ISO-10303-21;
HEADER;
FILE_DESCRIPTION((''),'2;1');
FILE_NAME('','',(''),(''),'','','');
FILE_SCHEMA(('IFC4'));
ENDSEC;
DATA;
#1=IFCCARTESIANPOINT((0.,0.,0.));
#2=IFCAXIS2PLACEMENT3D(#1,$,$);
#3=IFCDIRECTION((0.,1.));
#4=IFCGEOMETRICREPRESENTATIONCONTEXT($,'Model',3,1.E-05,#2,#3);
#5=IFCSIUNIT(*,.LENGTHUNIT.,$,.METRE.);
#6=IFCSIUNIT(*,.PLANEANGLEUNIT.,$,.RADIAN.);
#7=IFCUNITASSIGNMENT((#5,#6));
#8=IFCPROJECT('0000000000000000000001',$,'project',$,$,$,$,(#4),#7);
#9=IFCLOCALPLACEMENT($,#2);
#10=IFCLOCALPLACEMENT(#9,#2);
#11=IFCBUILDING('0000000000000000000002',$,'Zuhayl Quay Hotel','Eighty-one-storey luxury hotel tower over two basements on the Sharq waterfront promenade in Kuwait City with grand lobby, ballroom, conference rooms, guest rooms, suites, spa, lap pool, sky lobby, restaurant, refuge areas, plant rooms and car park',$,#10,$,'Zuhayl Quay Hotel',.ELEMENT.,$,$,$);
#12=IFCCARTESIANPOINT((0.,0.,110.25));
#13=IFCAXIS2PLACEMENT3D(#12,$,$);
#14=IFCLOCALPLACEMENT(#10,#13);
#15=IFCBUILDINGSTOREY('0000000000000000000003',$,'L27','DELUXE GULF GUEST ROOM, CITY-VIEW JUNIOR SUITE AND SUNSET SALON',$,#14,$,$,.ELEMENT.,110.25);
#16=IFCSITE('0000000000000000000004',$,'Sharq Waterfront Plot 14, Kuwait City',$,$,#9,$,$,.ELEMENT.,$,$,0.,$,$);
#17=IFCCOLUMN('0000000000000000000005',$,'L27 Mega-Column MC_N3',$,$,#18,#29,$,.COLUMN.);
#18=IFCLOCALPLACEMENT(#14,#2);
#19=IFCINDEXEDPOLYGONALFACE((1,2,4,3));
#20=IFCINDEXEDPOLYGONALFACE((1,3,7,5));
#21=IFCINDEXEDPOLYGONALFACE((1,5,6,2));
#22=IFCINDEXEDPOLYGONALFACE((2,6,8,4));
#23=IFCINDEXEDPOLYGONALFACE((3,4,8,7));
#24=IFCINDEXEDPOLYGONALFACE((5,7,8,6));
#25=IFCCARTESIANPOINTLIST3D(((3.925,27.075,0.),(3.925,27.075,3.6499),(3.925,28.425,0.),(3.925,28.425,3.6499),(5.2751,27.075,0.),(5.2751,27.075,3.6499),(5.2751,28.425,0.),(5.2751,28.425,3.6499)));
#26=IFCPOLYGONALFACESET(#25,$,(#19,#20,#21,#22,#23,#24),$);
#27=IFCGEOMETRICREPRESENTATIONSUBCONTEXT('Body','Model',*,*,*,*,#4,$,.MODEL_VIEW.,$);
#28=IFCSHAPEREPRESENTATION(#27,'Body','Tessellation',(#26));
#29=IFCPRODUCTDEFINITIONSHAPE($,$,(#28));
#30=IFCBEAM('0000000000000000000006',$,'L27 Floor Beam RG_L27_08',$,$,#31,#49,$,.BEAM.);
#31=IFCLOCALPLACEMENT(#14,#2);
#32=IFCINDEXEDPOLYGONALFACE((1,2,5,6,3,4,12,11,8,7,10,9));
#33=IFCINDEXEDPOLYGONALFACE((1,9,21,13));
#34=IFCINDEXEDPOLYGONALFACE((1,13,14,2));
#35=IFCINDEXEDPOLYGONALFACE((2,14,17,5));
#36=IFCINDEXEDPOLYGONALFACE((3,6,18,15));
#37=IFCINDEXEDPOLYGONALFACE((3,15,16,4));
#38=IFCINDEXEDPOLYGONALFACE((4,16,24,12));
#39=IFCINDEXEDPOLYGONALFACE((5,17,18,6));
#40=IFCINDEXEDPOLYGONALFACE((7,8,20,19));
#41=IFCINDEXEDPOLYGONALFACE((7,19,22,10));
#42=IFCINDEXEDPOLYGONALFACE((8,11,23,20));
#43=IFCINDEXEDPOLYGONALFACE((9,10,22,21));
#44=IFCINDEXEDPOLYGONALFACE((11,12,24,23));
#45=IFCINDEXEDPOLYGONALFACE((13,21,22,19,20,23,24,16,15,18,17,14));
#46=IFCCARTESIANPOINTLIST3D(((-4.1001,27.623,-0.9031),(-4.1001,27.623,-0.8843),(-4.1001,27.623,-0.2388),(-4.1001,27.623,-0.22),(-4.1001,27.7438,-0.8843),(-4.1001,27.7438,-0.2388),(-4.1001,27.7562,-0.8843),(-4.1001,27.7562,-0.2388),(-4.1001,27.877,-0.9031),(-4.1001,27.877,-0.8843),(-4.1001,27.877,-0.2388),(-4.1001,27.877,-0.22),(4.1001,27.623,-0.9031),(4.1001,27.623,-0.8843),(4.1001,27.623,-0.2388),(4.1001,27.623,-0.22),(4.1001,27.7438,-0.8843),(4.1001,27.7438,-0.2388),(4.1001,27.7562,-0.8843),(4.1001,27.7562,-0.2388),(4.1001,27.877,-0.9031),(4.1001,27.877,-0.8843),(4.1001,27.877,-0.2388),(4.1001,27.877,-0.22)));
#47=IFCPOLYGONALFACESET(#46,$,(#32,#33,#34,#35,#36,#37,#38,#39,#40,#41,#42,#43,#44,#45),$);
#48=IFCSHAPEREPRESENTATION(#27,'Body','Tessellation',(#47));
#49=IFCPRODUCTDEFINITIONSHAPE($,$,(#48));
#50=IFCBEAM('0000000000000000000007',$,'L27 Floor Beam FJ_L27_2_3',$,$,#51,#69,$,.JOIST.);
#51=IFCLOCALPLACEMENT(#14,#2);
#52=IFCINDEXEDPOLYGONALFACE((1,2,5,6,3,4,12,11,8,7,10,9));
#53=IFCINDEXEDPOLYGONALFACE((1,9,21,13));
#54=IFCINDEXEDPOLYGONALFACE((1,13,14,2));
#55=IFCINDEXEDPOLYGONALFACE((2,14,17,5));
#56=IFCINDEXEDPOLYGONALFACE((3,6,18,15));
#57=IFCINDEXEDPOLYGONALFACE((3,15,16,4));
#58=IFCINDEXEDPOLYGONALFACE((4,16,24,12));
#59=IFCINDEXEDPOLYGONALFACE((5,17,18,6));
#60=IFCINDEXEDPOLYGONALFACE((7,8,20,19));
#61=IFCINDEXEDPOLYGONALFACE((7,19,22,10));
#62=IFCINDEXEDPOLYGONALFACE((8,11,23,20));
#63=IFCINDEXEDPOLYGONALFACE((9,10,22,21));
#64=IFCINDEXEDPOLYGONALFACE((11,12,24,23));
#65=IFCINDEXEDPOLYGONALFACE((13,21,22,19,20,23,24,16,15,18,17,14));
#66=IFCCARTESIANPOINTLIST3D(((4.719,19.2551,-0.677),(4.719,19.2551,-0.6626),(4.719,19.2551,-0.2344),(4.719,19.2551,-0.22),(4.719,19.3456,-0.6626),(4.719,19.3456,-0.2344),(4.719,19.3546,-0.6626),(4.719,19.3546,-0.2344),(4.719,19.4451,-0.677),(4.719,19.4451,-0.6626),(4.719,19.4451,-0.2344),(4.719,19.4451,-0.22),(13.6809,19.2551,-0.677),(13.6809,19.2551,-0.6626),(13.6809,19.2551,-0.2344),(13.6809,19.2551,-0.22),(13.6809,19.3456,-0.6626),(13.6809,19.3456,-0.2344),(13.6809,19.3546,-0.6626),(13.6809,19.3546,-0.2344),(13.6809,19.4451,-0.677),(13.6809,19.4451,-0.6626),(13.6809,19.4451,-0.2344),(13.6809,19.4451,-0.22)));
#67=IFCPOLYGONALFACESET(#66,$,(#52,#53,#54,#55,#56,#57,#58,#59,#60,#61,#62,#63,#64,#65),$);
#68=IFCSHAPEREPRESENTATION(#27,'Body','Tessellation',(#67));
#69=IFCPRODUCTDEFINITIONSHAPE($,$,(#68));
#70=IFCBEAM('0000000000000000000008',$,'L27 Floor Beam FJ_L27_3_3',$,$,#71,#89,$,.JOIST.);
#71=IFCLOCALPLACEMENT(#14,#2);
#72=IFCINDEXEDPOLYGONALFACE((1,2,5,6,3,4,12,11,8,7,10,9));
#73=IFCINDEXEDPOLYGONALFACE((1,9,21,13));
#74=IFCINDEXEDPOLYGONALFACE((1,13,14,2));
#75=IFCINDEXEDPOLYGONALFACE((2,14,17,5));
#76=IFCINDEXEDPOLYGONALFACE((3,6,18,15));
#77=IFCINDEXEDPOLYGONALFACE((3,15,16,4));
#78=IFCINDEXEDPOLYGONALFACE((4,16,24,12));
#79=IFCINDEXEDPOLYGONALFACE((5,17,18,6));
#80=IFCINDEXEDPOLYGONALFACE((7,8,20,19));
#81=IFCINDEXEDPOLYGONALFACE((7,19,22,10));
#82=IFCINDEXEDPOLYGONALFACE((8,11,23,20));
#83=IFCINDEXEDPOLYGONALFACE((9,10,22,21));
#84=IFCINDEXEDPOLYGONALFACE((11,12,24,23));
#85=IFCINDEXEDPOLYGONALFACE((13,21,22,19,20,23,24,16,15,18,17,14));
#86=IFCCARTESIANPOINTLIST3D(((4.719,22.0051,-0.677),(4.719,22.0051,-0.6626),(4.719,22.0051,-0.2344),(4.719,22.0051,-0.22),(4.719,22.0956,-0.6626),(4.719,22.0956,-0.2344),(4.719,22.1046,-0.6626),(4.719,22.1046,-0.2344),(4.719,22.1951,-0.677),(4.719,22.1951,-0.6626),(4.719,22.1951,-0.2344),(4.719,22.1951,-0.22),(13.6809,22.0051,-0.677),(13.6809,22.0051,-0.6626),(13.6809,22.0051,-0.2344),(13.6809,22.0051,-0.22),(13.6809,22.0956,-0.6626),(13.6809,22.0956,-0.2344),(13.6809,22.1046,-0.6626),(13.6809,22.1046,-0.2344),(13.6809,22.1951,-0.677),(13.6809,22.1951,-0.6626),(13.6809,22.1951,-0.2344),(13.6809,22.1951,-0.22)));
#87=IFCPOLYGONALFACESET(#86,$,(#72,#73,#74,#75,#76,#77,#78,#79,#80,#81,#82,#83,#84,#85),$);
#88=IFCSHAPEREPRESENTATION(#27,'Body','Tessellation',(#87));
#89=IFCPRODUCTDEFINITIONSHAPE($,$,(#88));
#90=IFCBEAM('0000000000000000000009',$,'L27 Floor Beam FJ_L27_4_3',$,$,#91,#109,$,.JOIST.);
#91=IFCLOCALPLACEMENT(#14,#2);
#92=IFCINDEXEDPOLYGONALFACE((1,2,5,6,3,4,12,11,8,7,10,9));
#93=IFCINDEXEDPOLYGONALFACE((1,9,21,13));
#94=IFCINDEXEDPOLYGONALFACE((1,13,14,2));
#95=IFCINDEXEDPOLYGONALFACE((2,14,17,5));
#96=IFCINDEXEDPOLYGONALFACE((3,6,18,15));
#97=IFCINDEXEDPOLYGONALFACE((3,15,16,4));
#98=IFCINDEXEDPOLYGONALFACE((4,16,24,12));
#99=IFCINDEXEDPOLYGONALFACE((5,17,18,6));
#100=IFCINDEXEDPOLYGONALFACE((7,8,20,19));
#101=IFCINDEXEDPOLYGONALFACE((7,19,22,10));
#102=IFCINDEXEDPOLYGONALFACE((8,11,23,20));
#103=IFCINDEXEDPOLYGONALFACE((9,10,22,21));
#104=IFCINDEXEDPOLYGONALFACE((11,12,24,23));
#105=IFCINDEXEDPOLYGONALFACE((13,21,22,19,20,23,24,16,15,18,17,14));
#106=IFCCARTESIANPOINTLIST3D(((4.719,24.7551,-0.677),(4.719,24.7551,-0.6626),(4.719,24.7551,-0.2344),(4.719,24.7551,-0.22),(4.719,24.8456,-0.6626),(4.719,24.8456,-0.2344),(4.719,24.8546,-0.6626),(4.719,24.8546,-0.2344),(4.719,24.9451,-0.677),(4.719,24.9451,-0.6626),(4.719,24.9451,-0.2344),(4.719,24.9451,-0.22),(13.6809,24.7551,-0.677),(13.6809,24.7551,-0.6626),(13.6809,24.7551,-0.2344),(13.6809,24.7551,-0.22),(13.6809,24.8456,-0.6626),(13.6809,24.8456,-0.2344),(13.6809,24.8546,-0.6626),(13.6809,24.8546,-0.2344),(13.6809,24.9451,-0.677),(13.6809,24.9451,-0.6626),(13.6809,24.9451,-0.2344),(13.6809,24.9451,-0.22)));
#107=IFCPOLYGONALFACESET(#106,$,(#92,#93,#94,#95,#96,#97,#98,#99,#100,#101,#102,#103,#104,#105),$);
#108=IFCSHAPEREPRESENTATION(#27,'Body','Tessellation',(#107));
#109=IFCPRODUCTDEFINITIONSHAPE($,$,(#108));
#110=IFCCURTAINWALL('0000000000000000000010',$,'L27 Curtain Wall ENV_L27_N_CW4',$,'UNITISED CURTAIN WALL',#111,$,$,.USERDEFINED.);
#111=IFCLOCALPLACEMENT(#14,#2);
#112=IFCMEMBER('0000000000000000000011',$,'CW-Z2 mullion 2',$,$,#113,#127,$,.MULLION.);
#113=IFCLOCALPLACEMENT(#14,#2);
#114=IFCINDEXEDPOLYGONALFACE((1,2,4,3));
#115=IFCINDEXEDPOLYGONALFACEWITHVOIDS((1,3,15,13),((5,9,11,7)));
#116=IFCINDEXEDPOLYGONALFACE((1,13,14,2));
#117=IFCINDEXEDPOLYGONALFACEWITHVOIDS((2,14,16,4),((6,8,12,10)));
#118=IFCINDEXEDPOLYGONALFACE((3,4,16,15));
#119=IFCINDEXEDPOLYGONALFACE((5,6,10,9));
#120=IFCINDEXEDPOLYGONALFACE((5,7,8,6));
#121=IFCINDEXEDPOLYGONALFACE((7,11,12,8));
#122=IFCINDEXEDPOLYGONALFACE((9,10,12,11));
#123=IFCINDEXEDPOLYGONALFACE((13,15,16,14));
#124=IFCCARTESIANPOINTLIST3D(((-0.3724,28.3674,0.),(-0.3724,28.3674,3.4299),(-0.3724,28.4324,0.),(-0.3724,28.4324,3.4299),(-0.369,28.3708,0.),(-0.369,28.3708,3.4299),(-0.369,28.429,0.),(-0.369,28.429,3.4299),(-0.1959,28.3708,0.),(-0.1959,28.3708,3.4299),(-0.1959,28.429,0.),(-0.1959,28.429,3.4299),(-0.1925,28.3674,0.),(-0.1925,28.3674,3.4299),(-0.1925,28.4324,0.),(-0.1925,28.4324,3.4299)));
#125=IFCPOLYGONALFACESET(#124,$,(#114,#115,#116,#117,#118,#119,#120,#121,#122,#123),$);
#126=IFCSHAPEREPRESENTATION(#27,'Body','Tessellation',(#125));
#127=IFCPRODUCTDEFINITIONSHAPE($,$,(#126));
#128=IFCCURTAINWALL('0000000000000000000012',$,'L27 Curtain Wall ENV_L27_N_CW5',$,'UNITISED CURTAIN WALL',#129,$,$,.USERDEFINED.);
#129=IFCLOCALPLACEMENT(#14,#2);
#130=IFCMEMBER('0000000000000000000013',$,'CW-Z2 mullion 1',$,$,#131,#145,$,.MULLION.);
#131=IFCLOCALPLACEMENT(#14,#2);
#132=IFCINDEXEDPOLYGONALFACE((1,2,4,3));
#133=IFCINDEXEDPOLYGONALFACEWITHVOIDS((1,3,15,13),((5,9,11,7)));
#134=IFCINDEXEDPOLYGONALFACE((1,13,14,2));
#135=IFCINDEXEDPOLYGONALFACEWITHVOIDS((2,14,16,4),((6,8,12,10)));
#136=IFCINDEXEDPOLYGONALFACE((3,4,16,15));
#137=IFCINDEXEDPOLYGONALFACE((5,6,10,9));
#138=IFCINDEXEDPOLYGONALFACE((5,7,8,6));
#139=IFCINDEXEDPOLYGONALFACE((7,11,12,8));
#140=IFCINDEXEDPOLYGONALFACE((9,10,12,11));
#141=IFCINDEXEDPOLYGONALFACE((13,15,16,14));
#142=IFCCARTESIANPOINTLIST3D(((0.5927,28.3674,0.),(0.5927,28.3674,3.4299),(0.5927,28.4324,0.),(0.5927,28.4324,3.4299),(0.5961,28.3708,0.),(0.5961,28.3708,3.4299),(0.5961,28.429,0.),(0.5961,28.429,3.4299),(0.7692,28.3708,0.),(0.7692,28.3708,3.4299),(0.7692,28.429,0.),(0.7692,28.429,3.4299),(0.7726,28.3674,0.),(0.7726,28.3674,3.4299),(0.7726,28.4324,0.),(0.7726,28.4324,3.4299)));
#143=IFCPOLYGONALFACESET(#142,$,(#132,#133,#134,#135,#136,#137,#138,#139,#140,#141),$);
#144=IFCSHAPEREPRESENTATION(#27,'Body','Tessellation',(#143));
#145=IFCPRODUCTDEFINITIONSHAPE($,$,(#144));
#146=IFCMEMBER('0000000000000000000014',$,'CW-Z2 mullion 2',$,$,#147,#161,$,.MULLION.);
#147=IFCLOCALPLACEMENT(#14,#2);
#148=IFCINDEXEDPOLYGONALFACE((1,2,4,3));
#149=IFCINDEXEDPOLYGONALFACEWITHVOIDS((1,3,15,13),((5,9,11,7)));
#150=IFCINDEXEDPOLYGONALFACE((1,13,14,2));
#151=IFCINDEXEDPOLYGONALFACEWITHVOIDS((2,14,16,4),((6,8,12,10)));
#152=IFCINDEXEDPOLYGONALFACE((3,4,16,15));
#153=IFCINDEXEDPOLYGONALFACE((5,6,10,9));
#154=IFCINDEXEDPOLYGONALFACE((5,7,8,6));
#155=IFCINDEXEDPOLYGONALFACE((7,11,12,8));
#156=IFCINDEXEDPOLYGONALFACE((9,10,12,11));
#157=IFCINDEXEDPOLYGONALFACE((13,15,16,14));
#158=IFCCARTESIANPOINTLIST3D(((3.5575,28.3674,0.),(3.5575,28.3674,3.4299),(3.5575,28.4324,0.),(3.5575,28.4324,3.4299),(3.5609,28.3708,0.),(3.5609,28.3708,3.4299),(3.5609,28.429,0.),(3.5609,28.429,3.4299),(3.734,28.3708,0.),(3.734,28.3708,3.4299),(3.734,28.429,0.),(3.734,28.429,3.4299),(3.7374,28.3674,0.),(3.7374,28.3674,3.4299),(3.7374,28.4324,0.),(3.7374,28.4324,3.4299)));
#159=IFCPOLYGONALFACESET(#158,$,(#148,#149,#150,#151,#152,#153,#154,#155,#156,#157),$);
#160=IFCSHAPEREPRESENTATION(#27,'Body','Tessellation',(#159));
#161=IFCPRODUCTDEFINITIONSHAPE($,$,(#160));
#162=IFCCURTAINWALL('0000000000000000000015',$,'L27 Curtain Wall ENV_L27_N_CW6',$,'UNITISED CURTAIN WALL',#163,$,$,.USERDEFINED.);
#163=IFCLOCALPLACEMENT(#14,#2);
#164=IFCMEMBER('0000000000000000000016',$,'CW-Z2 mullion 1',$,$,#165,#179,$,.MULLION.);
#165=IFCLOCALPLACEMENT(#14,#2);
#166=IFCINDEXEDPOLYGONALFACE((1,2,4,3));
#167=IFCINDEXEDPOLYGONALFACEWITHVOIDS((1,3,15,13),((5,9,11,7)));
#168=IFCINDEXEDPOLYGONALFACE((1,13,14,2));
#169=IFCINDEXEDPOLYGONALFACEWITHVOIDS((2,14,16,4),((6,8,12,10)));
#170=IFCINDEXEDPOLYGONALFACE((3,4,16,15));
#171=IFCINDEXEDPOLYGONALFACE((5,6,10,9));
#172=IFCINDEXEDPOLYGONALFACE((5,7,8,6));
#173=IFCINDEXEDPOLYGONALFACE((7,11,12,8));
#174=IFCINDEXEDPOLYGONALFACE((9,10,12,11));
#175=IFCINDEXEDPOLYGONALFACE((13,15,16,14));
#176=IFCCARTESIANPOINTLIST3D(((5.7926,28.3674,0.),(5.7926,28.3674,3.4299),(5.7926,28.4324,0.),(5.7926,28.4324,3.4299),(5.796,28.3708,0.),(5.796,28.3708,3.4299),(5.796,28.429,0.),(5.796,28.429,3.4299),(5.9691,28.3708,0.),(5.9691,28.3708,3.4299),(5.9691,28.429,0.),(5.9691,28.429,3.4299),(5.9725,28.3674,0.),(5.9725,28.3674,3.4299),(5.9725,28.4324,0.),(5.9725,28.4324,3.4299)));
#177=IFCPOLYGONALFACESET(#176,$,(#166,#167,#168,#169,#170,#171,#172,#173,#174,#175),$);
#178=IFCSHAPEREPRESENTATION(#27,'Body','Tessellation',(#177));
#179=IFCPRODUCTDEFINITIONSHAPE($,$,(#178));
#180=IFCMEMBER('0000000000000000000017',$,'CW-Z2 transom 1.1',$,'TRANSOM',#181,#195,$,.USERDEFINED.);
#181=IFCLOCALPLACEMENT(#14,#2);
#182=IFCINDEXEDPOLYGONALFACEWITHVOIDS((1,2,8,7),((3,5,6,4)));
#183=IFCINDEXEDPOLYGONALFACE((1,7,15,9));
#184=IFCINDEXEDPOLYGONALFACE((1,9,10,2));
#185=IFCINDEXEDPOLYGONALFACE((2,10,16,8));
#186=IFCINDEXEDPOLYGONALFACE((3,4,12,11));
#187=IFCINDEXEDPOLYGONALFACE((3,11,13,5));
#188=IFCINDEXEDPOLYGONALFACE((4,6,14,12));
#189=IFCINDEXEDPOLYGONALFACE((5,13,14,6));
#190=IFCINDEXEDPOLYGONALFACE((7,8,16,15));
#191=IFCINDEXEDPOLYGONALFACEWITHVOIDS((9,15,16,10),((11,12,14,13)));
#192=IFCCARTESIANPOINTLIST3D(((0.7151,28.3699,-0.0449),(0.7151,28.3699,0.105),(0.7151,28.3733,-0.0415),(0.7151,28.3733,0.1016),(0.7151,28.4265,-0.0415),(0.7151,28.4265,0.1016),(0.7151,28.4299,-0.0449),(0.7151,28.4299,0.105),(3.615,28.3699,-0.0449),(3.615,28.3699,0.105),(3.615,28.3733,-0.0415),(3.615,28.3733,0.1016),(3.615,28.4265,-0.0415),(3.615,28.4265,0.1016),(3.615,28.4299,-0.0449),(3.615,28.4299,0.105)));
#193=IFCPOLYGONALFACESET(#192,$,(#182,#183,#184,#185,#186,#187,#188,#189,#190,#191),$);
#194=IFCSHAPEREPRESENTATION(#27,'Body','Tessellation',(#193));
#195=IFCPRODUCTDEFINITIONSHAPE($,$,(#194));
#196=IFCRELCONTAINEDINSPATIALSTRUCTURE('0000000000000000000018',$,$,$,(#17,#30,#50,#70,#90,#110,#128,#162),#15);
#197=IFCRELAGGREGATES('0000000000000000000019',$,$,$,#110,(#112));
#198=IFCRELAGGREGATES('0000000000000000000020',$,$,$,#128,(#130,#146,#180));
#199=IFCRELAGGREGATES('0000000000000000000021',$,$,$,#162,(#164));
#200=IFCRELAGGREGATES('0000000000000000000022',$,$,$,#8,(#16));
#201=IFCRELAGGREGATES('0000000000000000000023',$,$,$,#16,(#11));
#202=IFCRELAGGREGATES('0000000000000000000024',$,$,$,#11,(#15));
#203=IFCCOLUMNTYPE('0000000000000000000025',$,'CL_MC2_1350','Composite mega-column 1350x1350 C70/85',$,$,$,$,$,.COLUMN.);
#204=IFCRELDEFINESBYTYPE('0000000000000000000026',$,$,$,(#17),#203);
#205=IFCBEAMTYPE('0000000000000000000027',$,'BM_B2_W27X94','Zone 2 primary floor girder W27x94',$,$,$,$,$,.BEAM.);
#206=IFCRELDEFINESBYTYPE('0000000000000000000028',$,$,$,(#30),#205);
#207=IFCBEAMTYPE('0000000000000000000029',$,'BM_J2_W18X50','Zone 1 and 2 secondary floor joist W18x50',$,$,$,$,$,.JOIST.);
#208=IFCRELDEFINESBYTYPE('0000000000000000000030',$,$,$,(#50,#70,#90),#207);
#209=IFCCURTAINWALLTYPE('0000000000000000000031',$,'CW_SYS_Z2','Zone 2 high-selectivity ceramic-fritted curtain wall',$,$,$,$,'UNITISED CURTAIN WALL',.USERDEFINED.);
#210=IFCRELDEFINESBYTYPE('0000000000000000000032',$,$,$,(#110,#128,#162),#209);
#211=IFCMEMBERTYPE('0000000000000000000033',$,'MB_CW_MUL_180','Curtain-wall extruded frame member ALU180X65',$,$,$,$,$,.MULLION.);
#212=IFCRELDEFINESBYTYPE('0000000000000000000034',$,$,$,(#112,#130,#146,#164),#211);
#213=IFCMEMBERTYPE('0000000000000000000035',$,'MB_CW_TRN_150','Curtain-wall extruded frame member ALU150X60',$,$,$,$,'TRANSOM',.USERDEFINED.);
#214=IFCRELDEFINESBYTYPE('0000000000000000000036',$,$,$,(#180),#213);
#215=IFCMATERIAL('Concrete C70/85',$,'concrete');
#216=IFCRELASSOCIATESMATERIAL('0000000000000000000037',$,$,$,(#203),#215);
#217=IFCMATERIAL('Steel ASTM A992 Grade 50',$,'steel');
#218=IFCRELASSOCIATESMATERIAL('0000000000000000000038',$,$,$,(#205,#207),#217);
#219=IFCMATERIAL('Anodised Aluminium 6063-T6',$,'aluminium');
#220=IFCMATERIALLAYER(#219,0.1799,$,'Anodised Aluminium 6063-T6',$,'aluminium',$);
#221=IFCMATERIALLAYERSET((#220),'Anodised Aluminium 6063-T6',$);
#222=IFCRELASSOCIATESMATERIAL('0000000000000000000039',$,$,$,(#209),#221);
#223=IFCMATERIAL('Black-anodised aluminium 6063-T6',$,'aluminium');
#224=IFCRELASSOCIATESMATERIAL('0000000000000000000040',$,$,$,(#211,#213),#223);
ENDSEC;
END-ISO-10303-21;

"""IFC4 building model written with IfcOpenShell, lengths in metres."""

from ifc_helpers import new_model, si_unit, direction, frame, origin, origin_2d, place, context, subcontext, project, spatial, rectangle, hollow_rectangle, i_section, extrude, material, layer, layer_set, material_profile, profile_set, type_object, element, aggregate, save


model = new_model("IFC4")

# Units and contexts
model_context = context("Model", 3, precision=1e-05, world=origin(), true_north=direction((0.0, 1.0)))
body_context = subcontext(model_context, "Body", "Model", "MODEL_VIEW")
ifc_project = project(units=[si_unit("LENGTHUNIT", "METRE"), si_unit("PLANEANGLEUNIT", "RADIAN")], contexts=[model_context])

# Site, building, storey
site_placement = place(None, origin())
site = spatial("IfcSite", under=ifc_project, at=site_placement, Name="Sharq Waterfront Plot 14, Kuwait City", CompositionType="ELEMENT", RefElevation=0.0)
building_placement = place(site_placement, origin())
building = spatial("IfcBuilding", under=site, at=building_placement, Name="Zuhayl Quay Hotel", Description="Eighty-one-storey luxury hotel tower over two basements on the Sharq waterfront promenade in Kuwait City with grand lobby, ballroom, conference rooms, guest rooms, suites, spa, lap pool, sky lobby, restaurant, refuge areas, plant rooms and car park", LongName="Zuhayl Quay Hotel", CompositionType="ELEMENT")
storey_placement = place(building_placement, frame((0.0, 0.0, 110.25)))
storey = spatial("IfcBuildingStorey", under=building, at=storey_placement, Name="L27", Description="DELUXE GULF GUEST ROOM, CITY-VIEW JUNIOR SUITE AND SUNSET SALON", CompositionType="ELEMENT", Elevation=110.25)

# Column
ifc_material_1 = material(Name="Concrete C70/85", Category="concrete")
ifc_material_profile_1 = material_profile(ifc_material_1, rectangle(XDim=1.3501, YDim=1.3501, at=origin_2d()), Name="RC1350X1350")
ifc_profile_set_1 = profile_set([ifc_material_profile_1], Name="Concrete C70/85")
column_type = type_object("IfcColumnType", Name="CL_MC2_1350", Description="Composite mega-column 1350x1350 C70/85", PredefinedType="COLUMN", material=ifc_profile_set_1)
column_placement = place(storey_placement, frame((4.6001, 27.75, 0.0), z_axis=(0.0, 0.0, 1.0), x_axis=(1.0, 0.0, 0.0)))
element("IfcColumn", 1, at=column_placement, inside=storey, type_object=column_type, Name="L27 Mega-Column MC_N3", PredefinedType="COLUMN", context=body_context, shape_type="SweptSolid", body=[
    extrude(rectangle(XDim=1.3501, YDim=1.3501, at=origin_2d()), origin(), (0.0, 0.0, 1.0), 3.6499),
])

# Beams
ifc_material_2 = material(Name="Steel ASTM A992 Grade 50", Category="steel")
ifc_material_profile_2 = material_profile(ifc_material_2, i_section(OverallWidth=0.2539, OverallDepth=0.6831, WebThickness=0.0125, FlangeThickness=0.0188, at=origin_2d()), Name="W27X94")
ifc_profile_set_2 = profile_set([ifc_material_profile_2], Name="Steel ASTM A992 Grade 50")
beam_type_1 = type_object("IfcBeamType", Name="BM_B2_W27X94", Description="Zone 2 primary floor girder W27x94", PredefinedType="BEAM", material=ifc_profile_set_2)
beam_placement = place(storey_placement, frame((4.1001, 27.75, -0.5615), z_axis=(-1.0, 0.0, 0.0), x_axis=(0.0, -1.0, 0.0)))
element("IfcBeam", 2, at=beam_placement, inside=storey, type_object=beam_type_1, Name="L27 Floor Beam RG_L27_08", PredefinedType="BEAM", context=body_context, shape_type="SweptSolid", body=[
    extrude(i_section(OverallWidth=0.2539, OverallDepth=0.6831, WebThickness=0.0125, FlangeThickness=0.0188, at=origin_2d()), origin(), (0.0, 0.0, 1.0), 8.2002),
])
ifc_material_profile_3 = material_profile(ifc_material_2, i_section(OverallWidth=0.1899, OverallDepth=0.457, WebThickness=0.009, FlangeThickness=0.0144, at=origin_2d()), Name="W18X50")
ifc_profile_set_3 = profile_set([ifc_material_profile_3], Name="Steel ASTM A992 Grade 50")
beam_type_2 = type_object("IfcBeamType", Name="BM_J2_W18X50", Description="Zone 1 and 2 secondary floor joist W18x50", PredefinedType="JOIST", material=ifc_profile_set_3)
for number, where, z_axis, x_axis, name in (
    (3, (4.719, 19.3501, -0.4485), (1.0, 0.0, 0.0), (0.0, 1.0, 0.0), "L27 Floor Beam FJ_L27_2_3"),
    (4, (4.719, 22.1001, -0.4485), (1.0, 0.0, 0.0), (0.0, 1.0, 0.0), "L27 Floor Beam FJ_L27_3_3"),
    (5, (4.719, 24.8501, -0.4485), (1.0, 0.0, 0.0), (0.0, 1.0, 0.0), "L27 Floor Beam FJ_L27_4_3"),
):
    element("IfcBeam", number, at=place(storey_placement, frame(where, z_axis=z_axis, x_axis=x_axis)), inside=storey, type_object=beam_type_2, Name=name, PredefinedType="JOIST", context=body_context, shape_type="SweptSolid", body=[
        extrude(i_section(OverallWidth=0.1899, OverallDepth=0.457, WebThickness=0.009, FlangeThickness=0.0144, at=origin_2d()), origin(), (0.0, 0.0, 1.0), 8.9619),
    ])

# Curtain wall, member
ifc_material_3 = material(Name="Anodised Aluminium 6063-T6", Category="aluminium")
ifc_layer_1 = layer(ifc_material_3, 0.1799, Name="Anodised Aluminium 6063-T6", Category="aluminium")
ifc_layer_set_1 = layer_set([ifc_layer_1], Name="Anodised Aluminium 6063-T6")
curtain_wall_type = type_object("IfcCurtainWallType", Name="CW_SYS_Z2", Description="Zone 2 high-selectivity ceramic-fritted curtain wall", ElementType="UNITISED CURTAIN WALL", PredefinedType="USERDEFINED", material=ifc_layer_set_1)
curtain_wall_1_placement = place(storey_placement, origin())
curtain_wall_1 = element("IfcCurtainWall", 6, at=curtain_wall_1_placement, inside=storey, type_object=curtain_wall_type, Name="L27 Curtain Wall ENV_L27_N_CW4", ObjectType="UNITISED CURTAIN WALL", PredefinedType="USERDEFINED")
ifc_material_4 = material(Name="Black-anodised aluminium 6063-T6", Category="aluminium")
ifc_material_profile_4 = material_profile(ifc_material_4, hollow_rectangle(XDim=0.0649, YDim=0.1799, WallThickness=0.0034, at=origin_2d()), Name="ALU180X65")
ifc_profile_set_4 = profile_set([ifc_material_profile_4], Name="Black-anodised aluminium 6063-T6")
member_type_1 = type_object("IfcMemberType", Name="MB_CW_MUL_180", Description="Curtain-wall extruded frame member ALU180X65", PredefinedType="MULLION", material=ifc_profile_set_4)
member_1_placement = place(storey_placement, frame((-0.2825, 28.3999, 0.0), z_axis=(0.0, 0.0, 1.0), x_axis=(0.0, 1.0, 0.0)))
member_1 = element("IfcMember", 7, at=member_1_placement, type_object=member_type_1, Name="CW-Z2 mullion 2", PredefinedType="MULLION", context=body_context, shape_type="SweptSolid", body=[
    extrude(hollow_rectangle(XDim=0.0649, YDim=0.1799, WallThickness=0.0034, at=origin_2d()), origin(), (0.0, 0.0, 1.0), 3.4299),
])
aggregate(curtain_wall_1, [member_1])

# Curtain wall, members
curtain_wall_2_placement = place(storey_placement, origin())
curtain_wall_2 = element("IfcCurtainWall", 8, at=curtain_wall_2_placement, inside=storey, type_object=curtain_wall_type, Name="L27 Curtain Wall ENV_L27_N_CW5", ObjectType="UNITISED CURTAIN WALL", PredefinedType="USERDEFINED")
member_2_placement = place(storey_placement, frame((0.6826, 28.3999, 0.0), z_axis=(0.0, 0.0, 1.0), x_axis=(0.0, 1.0, 0.0)))
member_2 = element("IfcMember", 9, at=member_2_placement, type_object=member_type_1, Name="CW-Z2 mullion 1", PredefinedType="MULLION", context=body_context, shape_type="SweptSolid", body=[
    extrude(hollow_rectangle(XDim=0.0649, YDim=0.1799, WallThickness=0.0034, at=origin_2d()), origin(), (0.0, 0.0, 1.0), 3.4299),
])
member_3_placement = place(storey_placement, frame((3.6475, 28.3999, 0.0), z_axis=(0.0, 0.0, 1.0), x_axis=(0.0, 1.0, 0.0)))
member_3 = element("IfcMember", 10, at=member_3_placement, type_object=member_type_1, Name="CW-Z2 mullion 2", PredefinedType="MULLION", context=body_context, shape_type="SweptSolid", body=[
    extrude(hollow_rectangle(XDim=0.0649, YDim=0.1799, WallThickness=0.0034, at=origin_2d()), origin(), (0.0, 0.0, 1.0), 3.4299),
])

# Curtain wall, member
curtain_wall_3_placement = place(storey_placement, origin())
curtain_wall_3 = element("IfcCurtainWall", 11, at=curtain_wall_3_placement, inside=storey, type_object=curtain_wall_type, Name="L27 Curtain Wall ENV_L27_N_CW6", ObjectType="UNITISED CURTAIN WALL", PredefinedType="USERDEFINED")
member_4_placement = place(storey_placement, frame((5.8826, 28.3999, 0.0), z_axis=(0.0, 0.0, 1.0), x_axis=(0.0, 1.0, 0.0)))
member_4 = element("IfcMember", 12, at=member_4_placement, type_object=member_type_1, Name="CW-Z2 mullion 1", PredefinedType="MULLION", context=body_context, shape_type="SweptSolid", body=[
    extrude(hollow_rectangle(XDim=0.0649, YDim=0.1799, WallThickness=0.0034, at=origin_2d()), origin(), (0.0, 0.0, 1.0), 3.4299),
])

# Member
ifc_material_profile_5 = material_profile(ifc_material_4, hollow_rectangle(XDim=0.0601, YDim=0.1499, WallThickness=0.0034, at=origin_2d()), Name="ALU150X60")
ifc_profile_set_5 = profile_set([ifc_material_profile_5], Name="Black-anodised aluminium 6063-T6")
member_type_2 = type_object("IfcMemberType", Name="MB_CW_TRN_150", Description="Curtain-wall extruded frame member ALU150X60", ElementType="TRANSOM", PredefinedType="USERDEFINED", material=ifc_profile_set_5)
member_5_placement = place(storey_placement, frame((0.7151, 28.3999, 0.03), z_axis=(1.0, 0.0, 0.0), x_axis=(0.0, 1.0, 0.0)))
member_5 = element("IfcMember", 13, at=member_5_placement, type_object=member_type_2, Name="CW-Z2 transom 1.1", ObjectType="TRANSOM", PredefinedType="USERDEFINED", context=body_context, shape_type="SweptSolid", body=[
    extrude(hollow_rectangle(XDim=0.0601, YDim=0.1499, WallThickness=0.0034, at=origin_2d()), origin(), (0.0, 0.0, 1.0), 2.8999),
])

aggregate(curtain_wall_2, [member_2, member_3, member_5])
aggregate(curtain_wall_3, [member_4])

save(model, "model.ifc")
